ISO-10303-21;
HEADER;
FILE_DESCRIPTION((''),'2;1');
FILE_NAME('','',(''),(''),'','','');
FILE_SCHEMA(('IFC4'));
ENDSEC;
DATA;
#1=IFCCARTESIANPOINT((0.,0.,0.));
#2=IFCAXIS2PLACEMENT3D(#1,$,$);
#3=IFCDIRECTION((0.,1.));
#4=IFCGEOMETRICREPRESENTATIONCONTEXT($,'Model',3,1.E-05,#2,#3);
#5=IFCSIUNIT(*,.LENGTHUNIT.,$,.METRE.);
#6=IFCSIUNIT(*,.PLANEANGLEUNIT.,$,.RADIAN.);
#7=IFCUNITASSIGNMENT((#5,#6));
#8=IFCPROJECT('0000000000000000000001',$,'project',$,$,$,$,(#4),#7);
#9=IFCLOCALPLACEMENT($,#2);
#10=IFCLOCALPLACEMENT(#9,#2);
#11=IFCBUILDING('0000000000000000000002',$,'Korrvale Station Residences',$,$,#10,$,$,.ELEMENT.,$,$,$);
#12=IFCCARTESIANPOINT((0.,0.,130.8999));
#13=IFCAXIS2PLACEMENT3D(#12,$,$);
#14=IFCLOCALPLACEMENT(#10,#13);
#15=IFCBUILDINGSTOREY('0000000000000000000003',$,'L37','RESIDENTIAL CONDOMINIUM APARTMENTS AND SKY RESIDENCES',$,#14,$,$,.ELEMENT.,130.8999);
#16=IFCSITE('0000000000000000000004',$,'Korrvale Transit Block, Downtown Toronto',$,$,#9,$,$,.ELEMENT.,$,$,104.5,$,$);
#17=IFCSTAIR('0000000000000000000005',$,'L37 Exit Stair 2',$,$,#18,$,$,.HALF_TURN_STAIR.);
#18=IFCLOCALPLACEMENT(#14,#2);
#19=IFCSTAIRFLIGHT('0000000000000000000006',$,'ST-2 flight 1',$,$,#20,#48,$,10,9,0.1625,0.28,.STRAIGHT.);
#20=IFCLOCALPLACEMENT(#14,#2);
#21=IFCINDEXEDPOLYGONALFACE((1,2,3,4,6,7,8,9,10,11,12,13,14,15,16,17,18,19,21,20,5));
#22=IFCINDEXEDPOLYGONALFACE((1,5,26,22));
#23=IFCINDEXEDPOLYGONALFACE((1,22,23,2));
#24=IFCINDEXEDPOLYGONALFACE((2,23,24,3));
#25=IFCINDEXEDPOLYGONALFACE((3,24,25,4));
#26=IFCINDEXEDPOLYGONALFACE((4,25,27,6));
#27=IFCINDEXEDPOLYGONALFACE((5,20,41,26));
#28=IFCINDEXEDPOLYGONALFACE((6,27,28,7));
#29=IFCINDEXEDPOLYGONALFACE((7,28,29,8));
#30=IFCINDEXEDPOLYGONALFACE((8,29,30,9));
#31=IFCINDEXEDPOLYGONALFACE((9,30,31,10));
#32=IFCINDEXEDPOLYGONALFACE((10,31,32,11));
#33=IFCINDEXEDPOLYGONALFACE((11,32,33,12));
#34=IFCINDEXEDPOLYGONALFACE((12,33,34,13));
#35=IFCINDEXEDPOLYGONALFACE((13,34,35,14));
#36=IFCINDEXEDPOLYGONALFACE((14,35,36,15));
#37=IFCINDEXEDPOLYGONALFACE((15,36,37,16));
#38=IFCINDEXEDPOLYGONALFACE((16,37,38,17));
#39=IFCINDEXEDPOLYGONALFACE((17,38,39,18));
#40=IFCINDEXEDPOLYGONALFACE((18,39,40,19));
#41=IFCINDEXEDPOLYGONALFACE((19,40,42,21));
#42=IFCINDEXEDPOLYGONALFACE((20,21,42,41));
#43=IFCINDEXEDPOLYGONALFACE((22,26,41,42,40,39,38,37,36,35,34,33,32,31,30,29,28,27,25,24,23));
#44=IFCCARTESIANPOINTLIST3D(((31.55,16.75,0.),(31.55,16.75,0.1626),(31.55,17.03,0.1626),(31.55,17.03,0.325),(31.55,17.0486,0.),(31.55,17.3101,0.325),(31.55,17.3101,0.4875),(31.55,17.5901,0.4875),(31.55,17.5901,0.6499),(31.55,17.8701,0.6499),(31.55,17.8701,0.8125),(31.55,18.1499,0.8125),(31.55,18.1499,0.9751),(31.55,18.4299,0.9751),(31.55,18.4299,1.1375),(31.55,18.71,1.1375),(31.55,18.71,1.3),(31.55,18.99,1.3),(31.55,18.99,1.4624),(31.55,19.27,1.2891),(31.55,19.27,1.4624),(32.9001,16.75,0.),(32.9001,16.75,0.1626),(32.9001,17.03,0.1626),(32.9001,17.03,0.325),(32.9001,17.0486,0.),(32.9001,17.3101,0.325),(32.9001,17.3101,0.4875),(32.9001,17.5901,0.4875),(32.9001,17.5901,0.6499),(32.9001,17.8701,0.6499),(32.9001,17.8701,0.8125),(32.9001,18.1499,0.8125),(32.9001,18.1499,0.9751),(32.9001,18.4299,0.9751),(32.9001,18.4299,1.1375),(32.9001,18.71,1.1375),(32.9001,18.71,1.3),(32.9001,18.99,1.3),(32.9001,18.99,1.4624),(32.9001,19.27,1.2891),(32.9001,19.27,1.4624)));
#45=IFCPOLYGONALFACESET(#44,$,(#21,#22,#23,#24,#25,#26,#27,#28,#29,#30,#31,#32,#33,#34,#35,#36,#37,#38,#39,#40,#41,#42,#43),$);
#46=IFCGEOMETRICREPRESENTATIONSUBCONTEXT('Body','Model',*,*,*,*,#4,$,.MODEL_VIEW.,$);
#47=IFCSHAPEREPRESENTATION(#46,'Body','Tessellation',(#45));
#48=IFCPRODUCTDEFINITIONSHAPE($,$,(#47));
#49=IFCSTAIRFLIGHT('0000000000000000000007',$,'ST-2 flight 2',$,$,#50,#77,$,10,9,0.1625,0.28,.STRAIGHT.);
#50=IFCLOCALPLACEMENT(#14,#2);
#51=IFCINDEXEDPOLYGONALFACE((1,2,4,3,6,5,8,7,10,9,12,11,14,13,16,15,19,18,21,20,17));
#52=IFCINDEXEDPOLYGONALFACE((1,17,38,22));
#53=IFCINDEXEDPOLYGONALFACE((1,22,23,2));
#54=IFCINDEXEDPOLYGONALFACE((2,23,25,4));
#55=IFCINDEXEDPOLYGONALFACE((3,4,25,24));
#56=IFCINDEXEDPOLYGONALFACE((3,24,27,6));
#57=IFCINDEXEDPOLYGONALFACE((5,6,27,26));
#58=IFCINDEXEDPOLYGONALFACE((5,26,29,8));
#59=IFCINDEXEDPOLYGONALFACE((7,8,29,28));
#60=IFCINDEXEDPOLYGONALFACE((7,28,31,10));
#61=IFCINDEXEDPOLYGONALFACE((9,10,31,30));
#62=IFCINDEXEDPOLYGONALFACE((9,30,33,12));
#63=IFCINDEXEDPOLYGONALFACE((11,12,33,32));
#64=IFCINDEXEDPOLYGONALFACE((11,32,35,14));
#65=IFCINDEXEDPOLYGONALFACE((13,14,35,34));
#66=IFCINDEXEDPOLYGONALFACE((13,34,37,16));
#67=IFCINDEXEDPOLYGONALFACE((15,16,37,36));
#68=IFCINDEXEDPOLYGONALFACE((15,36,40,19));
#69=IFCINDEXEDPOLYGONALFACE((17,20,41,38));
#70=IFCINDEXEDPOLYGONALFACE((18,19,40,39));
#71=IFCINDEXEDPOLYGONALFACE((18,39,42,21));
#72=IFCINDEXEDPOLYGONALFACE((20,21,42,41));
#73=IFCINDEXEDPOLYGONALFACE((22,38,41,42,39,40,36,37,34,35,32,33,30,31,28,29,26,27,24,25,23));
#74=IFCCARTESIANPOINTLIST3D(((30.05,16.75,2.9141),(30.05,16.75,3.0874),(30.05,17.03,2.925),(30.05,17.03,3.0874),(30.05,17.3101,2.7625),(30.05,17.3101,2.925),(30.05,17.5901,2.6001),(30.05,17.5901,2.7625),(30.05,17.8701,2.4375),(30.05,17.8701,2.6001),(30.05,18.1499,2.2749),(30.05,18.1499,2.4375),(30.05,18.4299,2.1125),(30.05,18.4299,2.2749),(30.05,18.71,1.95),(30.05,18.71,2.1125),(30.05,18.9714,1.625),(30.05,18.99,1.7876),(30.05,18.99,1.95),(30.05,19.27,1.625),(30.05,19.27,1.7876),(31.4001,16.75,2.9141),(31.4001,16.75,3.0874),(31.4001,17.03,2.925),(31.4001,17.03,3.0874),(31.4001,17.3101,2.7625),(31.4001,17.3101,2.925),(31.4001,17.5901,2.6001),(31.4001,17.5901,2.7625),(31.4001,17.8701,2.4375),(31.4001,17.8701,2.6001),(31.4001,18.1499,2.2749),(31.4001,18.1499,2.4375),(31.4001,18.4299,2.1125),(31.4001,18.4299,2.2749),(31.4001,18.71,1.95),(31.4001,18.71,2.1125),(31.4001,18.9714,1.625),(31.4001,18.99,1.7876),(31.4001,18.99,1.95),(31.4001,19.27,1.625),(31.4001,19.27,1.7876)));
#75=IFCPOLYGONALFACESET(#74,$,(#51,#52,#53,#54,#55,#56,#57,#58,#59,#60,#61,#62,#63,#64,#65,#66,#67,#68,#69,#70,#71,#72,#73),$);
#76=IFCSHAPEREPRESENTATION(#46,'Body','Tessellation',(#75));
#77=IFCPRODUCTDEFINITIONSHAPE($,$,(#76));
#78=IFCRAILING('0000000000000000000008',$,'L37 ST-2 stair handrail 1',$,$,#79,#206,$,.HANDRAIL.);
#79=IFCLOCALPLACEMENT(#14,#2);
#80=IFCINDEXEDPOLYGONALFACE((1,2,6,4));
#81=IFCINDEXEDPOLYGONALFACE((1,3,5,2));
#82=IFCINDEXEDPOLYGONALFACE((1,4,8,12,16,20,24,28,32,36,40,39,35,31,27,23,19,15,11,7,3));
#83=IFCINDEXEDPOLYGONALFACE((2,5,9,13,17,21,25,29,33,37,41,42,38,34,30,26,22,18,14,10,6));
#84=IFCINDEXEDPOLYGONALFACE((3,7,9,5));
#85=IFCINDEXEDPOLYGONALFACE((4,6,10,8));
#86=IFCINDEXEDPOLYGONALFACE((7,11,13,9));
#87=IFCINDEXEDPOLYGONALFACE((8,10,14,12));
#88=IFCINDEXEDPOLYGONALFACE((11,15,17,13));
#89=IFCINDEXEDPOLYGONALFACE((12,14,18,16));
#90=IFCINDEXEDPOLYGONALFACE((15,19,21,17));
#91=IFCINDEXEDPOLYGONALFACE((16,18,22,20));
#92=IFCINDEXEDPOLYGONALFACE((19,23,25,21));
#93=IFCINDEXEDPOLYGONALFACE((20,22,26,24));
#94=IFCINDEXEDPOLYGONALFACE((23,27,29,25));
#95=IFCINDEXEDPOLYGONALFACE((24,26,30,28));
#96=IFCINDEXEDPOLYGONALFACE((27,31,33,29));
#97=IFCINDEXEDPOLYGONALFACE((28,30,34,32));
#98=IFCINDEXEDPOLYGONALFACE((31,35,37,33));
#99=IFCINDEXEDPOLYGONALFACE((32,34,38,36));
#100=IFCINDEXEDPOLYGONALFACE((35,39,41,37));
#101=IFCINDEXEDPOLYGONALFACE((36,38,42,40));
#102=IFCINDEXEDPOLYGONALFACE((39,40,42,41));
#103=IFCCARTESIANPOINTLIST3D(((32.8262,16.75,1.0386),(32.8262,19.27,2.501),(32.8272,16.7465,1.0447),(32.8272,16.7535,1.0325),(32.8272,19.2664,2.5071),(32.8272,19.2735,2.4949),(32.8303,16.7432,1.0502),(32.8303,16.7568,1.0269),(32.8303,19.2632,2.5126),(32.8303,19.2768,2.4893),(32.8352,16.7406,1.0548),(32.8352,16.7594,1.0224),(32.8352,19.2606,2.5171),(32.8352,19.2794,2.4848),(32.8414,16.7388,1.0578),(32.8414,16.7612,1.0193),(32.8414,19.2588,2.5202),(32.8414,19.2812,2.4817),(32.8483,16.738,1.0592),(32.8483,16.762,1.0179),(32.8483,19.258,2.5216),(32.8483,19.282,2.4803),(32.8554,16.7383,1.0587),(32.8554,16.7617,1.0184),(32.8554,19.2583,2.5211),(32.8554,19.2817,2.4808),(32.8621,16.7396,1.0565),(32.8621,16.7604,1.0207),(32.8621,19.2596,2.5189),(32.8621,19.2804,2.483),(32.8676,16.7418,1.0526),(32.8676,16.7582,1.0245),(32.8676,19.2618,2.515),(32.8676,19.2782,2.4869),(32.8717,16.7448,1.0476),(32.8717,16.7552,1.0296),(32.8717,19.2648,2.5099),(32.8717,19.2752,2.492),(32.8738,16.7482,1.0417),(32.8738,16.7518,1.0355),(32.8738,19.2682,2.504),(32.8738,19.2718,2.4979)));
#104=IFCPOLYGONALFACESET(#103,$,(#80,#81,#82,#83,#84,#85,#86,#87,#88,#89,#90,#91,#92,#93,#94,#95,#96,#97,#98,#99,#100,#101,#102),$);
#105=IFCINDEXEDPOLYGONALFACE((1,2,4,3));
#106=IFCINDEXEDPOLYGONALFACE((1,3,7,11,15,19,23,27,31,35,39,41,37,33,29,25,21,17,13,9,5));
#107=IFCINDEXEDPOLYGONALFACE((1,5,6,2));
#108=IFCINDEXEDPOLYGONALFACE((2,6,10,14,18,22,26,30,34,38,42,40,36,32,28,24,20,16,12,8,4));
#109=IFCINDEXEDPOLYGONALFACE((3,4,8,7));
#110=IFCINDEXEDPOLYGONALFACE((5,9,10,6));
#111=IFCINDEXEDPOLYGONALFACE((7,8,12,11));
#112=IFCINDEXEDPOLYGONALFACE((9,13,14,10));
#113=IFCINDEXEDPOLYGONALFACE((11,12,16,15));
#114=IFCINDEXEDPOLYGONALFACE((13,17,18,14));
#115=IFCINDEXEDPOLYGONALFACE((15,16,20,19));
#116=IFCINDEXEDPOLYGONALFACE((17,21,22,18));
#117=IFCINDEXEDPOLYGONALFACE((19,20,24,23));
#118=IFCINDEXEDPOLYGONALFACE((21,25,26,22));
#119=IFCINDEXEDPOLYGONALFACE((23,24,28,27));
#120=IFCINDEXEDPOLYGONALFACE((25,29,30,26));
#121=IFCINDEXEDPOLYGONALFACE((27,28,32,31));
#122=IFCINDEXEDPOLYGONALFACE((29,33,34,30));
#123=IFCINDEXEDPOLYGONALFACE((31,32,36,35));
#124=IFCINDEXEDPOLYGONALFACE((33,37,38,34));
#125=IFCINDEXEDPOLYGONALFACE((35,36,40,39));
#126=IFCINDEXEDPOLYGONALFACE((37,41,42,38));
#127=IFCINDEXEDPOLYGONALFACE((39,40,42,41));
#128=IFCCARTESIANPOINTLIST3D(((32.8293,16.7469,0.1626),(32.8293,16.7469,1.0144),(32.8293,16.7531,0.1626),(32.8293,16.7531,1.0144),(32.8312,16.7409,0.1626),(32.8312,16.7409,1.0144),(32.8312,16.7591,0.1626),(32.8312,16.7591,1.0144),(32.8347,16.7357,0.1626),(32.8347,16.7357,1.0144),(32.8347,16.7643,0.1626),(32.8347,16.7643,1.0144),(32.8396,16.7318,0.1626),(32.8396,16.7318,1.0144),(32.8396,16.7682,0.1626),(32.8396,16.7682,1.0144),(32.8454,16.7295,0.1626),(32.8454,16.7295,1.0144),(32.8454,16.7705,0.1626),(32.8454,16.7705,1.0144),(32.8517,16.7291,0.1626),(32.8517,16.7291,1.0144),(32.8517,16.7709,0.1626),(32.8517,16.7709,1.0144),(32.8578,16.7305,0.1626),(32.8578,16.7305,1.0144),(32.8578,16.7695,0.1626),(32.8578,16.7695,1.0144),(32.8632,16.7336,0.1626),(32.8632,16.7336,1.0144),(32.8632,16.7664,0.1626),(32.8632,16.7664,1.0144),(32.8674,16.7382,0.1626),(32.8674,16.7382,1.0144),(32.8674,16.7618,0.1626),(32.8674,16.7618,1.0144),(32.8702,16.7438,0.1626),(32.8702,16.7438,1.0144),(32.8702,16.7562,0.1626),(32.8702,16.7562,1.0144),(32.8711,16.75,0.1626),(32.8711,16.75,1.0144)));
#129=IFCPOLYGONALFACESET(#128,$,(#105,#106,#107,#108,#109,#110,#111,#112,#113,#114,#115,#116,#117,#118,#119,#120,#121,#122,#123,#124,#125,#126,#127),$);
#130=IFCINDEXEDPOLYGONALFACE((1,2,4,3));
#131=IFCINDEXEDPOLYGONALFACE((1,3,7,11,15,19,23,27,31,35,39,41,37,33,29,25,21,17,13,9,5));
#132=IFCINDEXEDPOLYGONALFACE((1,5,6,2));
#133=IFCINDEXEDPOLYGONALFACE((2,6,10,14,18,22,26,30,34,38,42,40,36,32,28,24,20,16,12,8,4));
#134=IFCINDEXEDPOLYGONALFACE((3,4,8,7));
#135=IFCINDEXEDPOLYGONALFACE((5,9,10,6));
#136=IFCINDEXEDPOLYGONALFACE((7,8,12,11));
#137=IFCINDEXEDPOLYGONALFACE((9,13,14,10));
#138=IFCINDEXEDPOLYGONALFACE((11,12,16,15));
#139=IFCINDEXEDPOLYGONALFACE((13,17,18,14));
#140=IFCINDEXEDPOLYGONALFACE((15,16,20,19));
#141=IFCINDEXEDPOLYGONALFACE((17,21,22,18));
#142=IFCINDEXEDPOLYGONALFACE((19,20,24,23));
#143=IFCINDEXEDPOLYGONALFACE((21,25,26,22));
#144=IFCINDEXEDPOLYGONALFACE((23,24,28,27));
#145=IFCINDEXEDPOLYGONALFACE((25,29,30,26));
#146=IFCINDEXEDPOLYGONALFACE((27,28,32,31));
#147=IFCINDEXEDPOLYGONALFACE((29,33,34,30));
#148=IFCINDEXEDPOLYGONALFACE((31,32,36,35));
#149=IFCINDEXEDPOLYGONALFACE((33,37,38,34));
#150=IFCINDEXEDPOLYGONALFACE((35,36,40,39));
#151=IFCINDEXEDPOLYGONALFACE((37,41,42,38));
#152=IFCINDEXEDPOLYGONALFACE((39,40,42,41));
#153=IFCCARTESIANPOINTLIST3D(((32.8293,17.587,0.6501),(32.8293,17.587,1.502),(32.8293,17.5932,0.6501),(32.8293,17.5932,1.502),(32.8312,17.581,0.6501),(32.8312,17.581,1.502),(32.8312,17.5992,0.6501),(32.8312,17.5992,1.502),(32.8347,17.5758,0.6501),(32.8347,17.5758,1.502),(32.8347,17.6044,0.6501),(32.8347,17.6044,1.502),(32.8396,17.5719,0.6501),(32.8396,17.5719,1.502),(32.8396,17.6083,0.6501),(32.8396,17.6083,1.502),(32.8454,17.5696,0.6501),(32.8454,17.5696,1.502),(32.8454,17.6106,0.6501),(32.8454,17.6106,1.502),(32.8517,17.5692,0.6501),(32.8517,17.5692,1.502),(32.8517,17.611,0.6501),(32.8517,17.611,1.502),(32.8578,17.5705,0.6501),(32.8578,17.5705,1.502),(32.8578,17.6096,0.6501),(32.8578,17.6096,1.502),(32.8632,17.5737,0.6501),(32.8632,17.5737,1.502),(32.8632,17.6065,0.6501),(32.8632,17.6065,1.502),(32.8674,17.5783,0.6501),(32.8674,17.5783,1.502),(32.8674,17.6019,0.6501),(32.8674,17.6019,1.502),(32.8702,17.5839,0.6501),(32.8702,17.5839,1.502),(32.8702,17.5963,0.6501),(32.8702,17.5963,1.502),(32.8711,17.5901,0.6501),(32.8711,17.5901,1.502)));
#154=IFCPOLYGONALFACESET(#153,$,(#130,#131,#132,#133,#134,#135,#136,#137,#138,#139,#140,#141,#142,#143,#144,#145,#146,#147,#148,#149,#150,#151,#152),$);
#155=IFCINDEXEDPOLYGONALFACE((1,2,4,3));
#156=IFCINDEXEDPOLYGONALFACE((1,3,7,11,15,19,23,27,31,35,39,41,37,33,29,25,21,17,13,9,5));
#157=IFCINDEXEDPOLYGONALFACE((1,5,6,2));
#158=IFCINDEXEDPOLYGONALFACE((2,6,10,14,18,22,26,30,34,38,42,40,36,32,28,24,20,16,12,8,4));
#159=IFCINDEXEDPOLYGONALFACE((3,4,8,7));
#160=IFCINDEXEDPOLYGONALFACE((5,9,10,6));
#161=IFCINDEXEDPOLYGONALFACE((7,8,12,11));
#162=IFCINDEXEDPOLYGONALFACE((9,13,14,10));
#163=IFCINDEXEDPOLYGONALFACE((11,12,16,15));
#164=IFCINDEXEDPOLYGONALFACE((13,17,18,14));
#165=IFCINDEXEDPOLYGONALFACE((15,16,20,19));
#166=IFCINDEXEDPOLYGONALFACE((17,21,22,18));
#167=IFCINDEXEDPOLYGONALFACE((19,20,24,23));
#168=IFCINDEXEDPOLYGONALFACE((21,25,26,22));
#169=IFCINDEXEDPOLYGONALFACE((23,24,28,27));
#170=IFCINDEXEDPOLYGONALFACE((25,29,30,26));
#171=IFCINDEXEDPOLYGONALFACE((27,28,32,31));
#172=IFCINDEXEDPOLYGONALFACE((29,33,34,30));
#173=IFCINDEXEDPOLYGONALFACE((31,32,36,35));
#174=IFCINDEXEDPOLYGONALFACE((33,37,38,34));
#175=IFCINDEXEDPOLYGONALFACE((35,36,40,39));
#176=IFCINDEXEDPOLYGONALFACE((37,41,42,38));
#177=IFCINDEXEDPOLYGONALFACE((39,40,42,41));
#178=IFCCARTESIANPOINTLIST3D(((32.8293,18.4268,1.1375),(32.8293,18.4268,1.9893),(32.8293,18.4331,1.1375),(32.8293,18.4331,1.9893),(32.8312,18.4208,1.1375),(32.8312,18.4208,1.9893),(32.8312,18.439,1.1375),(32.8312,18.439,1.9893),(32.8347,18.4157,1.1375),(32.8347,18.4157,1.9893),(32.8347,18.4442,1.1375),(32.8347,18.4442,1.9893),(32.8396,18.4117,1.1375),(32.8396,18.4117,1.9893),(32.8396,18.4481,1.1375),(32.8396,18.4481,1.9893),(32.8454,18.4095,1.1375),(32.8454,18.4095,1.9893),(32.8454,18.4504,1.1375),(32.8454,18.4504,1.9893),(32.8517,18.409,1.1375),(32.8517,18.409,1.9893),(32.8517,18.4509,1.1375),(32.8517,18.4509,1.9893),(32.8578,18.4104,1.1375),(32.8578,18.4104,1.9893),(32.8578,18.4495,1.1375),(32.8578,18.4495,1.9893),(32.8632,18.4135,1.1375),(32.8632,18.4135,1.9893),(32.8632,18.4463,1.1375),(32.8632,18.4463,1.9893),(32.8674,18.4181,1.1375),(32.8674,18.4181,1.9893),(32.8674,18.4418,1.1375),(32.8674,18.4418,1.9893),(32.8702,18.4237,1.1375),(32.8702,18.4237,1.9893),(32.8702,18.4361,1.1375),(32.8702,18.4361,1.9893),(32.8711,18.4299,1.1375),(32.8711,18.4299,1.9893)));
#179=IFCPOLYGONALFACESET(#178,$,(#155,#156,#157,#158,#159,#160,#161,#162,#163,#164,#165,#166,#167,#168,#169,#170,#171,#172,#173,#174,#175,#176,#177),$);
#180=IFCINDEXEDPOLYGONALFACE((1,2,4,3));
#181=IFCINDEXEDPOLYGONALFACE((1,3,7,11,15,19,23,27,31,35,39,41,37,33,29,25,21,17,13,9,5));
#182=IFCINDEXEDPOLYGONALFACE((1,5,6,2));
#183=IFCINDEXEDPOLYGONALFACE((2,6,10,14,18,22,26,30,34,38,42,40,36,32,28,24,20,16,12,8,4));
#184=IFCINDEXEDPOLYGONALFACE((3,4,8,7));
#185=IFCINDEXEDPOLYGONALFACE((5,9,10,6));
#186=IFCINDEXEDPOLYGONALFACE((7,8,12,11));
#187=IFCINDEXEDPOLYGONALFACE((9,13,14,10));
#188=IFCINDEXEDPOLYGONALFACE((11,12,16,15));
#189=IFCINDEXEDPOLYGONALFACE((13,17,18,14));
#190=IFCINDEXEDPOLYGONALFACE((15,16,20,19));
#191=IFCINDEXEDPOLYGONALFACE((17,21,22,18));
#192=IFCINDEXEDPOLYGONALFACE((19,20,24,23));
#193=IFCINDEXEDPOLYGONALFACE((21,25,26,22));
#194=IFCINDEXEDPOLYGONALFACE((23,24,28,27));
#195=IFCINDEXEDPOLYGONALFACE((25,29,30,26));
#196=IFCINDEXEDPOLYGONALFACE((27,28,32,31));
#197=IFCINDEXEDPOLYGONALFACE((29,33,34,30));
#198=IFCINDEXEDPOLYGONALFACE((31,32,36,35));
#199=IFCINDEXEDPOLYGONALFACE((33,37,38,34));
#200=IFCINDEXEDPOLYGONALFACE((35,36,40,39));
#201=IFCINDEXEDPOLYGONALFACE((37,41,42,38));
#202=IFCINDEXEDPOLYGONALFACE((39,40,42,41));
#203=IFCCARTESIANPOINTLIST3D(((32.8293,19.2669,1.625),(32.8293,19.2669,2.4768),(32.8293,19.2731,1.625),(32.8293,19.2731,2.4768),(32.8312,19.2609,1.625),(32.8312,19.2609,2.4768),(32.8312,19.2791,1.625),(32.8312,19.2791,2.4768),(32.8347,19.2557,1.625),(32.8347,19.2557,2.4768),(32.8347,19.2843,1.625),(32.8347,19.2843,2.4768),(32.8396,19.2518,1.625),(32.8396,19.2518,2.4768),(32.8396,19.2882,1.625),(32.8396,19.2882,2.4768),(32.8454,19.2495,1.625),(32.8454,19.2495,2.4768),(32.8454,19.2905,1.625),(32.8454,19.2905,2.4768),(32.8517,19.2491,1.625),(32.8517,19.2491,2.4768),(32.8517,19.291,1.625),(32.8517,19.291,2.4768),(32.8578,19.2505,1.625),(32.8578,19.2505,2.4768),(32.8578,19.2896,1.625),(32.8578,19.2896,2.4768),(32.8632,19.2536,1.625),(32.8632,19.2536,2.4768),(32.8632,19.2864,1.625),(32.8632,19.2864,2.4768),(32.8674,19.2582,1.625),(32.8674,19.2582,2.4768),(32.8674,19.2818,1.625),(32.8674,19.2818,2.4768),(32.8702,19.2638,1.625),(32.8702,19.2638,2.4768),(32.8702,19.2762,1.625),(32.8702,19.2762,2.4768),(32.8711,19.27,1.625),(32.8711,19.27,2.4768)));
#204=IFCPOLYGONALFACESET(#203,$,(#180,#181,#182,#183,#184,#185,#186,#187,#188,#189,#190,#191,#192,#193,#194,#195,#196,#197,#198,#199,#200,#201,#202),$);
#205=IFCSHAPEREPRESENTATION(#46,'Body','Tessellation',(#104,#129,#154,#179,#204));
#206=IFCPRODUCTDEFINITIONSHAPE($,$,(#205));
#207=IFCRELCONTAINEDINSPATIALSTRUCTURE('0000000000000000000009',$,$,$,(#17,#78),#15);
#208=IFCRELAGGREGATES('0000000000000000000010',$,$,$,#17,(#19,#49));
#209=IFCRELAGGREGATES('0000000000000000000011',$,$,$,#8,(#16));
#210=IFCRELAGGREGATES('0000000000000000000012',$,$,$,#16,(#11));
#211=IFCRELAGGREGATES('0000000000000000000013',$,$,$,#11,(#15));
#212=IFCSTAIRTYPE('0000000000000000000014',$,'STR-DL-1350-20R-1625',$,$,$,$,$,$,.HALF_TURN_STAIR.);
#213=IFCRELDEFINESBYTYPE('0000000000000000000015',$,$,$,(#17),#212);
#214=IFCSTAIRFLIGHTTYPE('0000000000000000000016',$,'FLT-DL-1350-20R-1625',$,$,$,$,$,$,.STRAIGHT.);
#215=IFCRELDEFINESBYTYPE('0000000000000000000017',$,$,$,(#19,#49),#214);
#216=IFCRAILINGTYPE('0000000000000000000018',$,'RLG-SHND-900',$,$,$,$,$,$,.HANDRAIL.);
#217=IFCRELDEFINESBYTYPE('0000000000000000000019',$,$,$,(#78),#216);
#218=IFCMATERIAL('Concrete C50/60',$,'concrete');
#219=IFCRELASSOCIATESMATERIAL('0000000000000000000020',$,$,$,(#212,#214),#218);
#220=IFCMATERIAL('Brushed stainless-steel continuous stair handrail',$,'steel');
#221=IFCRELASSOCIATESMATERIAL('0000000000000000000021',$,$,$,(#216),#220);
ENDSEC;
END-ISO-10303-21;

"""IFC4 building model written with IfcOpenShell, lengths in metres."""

from ifc_helpers import new_model, si_unit, direction, frame, origin, origin_2d, place, context, subcontext, project, spatial, polyline, circle, outline, extrude, material, type_object, element, aggregate, save


model = new_model("IFC4")

# Units and contexts
model_context = context("Model", 3, precision=1e-05, world=origin(), true_north=direction((0.0, 1.0)))
body_context = subcontext(model_context, "Body", "Model", "MODEL_VIEW")
ifc_project = project(units=[si_unit("LENGTHUNIT", "METRE"), si_unit("PLANEANGLEUNIT", "RADIAN")], contexts=[model_context])

# Site, building, storey
site_placement = place(None, origin())
site = spatial("IfcSite", under=ifc_project, at=site_placement, Name="Korrvale Transit Block, Downtown Toronto", CompositionType="ELEMENT", RefElevation=104.5)
building_placement = place(site_placement, origin())
building = spatial("IfcBuilding", under=site, at=building_placement, Name="Korrvale Station Residences", CompositionType="ELEMENT")
storey_placement = place(building_placement, frame((0.0, 0.0, 130.8999)))
storey = spatial("IfcBuildingStorey", under=building, at=storey_placement, Name="L37", Description="RESIDENTIAL CONDOMINIUM APARTMENTS AND SKY RESIDENCES", CompositionType="ELEMENT", Elevation=130.8999)

# Stair, stair flights
ifc_material_1 = material(Name="Concrete C50/60", Category="concrete")
stair_type = type_object("IfcStairType", Name="STR-DL-1350-20R-1625", PredefinedType="HALF_TURN_STAIR", material=ifc_material_1)
stair_placement = place(storey_placement, origin())
stair = element("IfcStair", 1, at=stair_placement, inside=storey, type_object=stair_type, Name="L37 Exit Stair 2", PredefinedType="HALF_TURN_STAIR")
stair_flight_type = type_object("IfcStairFlightType", Name="FLT-DL-1350-20R-1625", PredefinedType="STRAIGHT", material=ifc_material_1)
stair_flight_1_placement = place(storey_placement, frame((32.2251, 16.75, 0.0), z_axis=(0.0, 0.0, 1.0), x_axis=(0.0, 1.0, 0.0)))
stair_flight_1 = element("IfcStairFlight", 2, at=stair_flight_1_placement, type_object=stair_flight_type, Name="ST-2 flight 1", NumberOfRisers=10, NumberOfTreads=9, PredefinedType="STRAIGHT", RiserHeight=0.1625, TreadLength=0.28, context=body_context, shape_type="SweptSolid", body=[
    extrude(outline(polyline([(0.0, 0.0), (0.0, 0.1626), (0.28, 0.1626), (0.28, 0.325), (0.5601, 0.325), (0.5601, 0.4875), (0.8401, 0.4875), (0.8401, 0.6499), (1.1201, 0.6499), (1.1201, 0.8125), (1.3999, 0.8125), (1.3999, 0.9751), (1.6799, 0.9751), (1.6799, 1.1375), (1.96, 1.1375), (1.96, 1.3), (2.24, 1.3), (2.24, 1.4624), (2.52, 1.4624), (2.52, 1.625), (2.52, 1.2891), (0.2986, 0.0), (0.0, 0.0)])), frame((0.0, 0.675, 0.0), z_axis=(0.0, -1.0, 0.0), x_axis=(1.0, 0.0, 0.0)), (0.0, 0.0, 1.0), 1.3501),
])
stair_flight_2_placement = place(storey_placement, frame((30.7251, 19.27, 1.625), z_axis=(0.0, 0.0, 1.0), x_axis=(0.0, -1.0, 0.0)))
stair_flight_2 = element("IfcStairFlight", 3, at=stair_flight_2_placement, type_object=stair_flight_type, Name="ST-2 flight 2", NumberOfRisers=10, NumberOfTreads=9, PredefinedType="STRAIGHT", RiserHeight=0.1625, TreadLength=0.28, context=body_context, shape_type="SweptSolid", body=[
    extrude(outline(polyline([(0.0, 0.0), (0.0, 0.1626), (0.28, 0.1626), (0.28, 0.325), (0.5601, 0.325), (0.5601, 0.4875), (0.8401, 0.4875), (0.8401, 0.6499), (1.1201, 0.6499), (1.1201, 0.8125), (1.3999, 0.8125), (1.3999, 0.9751), (1.6799, 0.9751), (1.6799, 1.1375), (1.96, 1.1375), (1.96, 1.3), (2.24, 1.3), (2.24, 1.4624), (2.52, 1.4624), (2.52, 1.625), (2.52, 1.2891), (0.2986, 0.0), (0.0, 0.0)])), frame((0.0, 0.675, 0.0), z_axis=(0.0, -1.0, 0.0), x_axis=(1.0, 0.0, 0.0)), (0.0, 0.0, 1.0), 1.3501),
])
aggregate(stair, [stair_flight_1, stair_flight_2])

# Railing
ifc_material_2 = material(Name="Brushed stainless-steel continuous stair handrail", Category="steel")
railing_type_1 = type_object("IfcRailingType", Name="RLG-SHND-900", PredefinedType="HANDRAIL", material=ifc_material_2)
railing_1_placement = place(storey_placement, frame((32.8501, 16.75, 0.1626)))
element("IfcRailing", 4, at=railing_1_placement, inside=storey, type_object=railing_type_1, Name="L37 ST-2 stair handrail 1", PredefinedType="HANDRAIL", context=body_context, shape_type="SweptSolid", body=[
    extrude(circle(Radius=0.0239, at=origin_2d()), frame((0.0, 0.0, 0.876), z_axis=(0.0, 0.864913, 0.501921), x_axis=(-1.0, 0.0, 0.0)), (0.0, 0.0, 1.0), 2.9136),
    extrude(circle(Radius=0.021, at=origin_2d()), origin(), (0.0, 0.0, 1.0), 0.8518),
    extrude(circle(Radius=0.021, at=origin_2d()), frame((0.0, 0.8401, 0.4875)), (0.0, 0.0, 1.0), 0.8518),
    extrude(circle(Radius=0.021, at=origin_2d()), frame((0.0, 1.6799, 0.9749)), (0.0, 0.0, 1.0), 0.8518),
    extrude(circle(Radius=0.021, at=origin_2d()), frame((0.0, 2.52, 1.4624)), (0.0, 0.0, 1.0), 0.8518),
])

save(model, "model.ifc")
